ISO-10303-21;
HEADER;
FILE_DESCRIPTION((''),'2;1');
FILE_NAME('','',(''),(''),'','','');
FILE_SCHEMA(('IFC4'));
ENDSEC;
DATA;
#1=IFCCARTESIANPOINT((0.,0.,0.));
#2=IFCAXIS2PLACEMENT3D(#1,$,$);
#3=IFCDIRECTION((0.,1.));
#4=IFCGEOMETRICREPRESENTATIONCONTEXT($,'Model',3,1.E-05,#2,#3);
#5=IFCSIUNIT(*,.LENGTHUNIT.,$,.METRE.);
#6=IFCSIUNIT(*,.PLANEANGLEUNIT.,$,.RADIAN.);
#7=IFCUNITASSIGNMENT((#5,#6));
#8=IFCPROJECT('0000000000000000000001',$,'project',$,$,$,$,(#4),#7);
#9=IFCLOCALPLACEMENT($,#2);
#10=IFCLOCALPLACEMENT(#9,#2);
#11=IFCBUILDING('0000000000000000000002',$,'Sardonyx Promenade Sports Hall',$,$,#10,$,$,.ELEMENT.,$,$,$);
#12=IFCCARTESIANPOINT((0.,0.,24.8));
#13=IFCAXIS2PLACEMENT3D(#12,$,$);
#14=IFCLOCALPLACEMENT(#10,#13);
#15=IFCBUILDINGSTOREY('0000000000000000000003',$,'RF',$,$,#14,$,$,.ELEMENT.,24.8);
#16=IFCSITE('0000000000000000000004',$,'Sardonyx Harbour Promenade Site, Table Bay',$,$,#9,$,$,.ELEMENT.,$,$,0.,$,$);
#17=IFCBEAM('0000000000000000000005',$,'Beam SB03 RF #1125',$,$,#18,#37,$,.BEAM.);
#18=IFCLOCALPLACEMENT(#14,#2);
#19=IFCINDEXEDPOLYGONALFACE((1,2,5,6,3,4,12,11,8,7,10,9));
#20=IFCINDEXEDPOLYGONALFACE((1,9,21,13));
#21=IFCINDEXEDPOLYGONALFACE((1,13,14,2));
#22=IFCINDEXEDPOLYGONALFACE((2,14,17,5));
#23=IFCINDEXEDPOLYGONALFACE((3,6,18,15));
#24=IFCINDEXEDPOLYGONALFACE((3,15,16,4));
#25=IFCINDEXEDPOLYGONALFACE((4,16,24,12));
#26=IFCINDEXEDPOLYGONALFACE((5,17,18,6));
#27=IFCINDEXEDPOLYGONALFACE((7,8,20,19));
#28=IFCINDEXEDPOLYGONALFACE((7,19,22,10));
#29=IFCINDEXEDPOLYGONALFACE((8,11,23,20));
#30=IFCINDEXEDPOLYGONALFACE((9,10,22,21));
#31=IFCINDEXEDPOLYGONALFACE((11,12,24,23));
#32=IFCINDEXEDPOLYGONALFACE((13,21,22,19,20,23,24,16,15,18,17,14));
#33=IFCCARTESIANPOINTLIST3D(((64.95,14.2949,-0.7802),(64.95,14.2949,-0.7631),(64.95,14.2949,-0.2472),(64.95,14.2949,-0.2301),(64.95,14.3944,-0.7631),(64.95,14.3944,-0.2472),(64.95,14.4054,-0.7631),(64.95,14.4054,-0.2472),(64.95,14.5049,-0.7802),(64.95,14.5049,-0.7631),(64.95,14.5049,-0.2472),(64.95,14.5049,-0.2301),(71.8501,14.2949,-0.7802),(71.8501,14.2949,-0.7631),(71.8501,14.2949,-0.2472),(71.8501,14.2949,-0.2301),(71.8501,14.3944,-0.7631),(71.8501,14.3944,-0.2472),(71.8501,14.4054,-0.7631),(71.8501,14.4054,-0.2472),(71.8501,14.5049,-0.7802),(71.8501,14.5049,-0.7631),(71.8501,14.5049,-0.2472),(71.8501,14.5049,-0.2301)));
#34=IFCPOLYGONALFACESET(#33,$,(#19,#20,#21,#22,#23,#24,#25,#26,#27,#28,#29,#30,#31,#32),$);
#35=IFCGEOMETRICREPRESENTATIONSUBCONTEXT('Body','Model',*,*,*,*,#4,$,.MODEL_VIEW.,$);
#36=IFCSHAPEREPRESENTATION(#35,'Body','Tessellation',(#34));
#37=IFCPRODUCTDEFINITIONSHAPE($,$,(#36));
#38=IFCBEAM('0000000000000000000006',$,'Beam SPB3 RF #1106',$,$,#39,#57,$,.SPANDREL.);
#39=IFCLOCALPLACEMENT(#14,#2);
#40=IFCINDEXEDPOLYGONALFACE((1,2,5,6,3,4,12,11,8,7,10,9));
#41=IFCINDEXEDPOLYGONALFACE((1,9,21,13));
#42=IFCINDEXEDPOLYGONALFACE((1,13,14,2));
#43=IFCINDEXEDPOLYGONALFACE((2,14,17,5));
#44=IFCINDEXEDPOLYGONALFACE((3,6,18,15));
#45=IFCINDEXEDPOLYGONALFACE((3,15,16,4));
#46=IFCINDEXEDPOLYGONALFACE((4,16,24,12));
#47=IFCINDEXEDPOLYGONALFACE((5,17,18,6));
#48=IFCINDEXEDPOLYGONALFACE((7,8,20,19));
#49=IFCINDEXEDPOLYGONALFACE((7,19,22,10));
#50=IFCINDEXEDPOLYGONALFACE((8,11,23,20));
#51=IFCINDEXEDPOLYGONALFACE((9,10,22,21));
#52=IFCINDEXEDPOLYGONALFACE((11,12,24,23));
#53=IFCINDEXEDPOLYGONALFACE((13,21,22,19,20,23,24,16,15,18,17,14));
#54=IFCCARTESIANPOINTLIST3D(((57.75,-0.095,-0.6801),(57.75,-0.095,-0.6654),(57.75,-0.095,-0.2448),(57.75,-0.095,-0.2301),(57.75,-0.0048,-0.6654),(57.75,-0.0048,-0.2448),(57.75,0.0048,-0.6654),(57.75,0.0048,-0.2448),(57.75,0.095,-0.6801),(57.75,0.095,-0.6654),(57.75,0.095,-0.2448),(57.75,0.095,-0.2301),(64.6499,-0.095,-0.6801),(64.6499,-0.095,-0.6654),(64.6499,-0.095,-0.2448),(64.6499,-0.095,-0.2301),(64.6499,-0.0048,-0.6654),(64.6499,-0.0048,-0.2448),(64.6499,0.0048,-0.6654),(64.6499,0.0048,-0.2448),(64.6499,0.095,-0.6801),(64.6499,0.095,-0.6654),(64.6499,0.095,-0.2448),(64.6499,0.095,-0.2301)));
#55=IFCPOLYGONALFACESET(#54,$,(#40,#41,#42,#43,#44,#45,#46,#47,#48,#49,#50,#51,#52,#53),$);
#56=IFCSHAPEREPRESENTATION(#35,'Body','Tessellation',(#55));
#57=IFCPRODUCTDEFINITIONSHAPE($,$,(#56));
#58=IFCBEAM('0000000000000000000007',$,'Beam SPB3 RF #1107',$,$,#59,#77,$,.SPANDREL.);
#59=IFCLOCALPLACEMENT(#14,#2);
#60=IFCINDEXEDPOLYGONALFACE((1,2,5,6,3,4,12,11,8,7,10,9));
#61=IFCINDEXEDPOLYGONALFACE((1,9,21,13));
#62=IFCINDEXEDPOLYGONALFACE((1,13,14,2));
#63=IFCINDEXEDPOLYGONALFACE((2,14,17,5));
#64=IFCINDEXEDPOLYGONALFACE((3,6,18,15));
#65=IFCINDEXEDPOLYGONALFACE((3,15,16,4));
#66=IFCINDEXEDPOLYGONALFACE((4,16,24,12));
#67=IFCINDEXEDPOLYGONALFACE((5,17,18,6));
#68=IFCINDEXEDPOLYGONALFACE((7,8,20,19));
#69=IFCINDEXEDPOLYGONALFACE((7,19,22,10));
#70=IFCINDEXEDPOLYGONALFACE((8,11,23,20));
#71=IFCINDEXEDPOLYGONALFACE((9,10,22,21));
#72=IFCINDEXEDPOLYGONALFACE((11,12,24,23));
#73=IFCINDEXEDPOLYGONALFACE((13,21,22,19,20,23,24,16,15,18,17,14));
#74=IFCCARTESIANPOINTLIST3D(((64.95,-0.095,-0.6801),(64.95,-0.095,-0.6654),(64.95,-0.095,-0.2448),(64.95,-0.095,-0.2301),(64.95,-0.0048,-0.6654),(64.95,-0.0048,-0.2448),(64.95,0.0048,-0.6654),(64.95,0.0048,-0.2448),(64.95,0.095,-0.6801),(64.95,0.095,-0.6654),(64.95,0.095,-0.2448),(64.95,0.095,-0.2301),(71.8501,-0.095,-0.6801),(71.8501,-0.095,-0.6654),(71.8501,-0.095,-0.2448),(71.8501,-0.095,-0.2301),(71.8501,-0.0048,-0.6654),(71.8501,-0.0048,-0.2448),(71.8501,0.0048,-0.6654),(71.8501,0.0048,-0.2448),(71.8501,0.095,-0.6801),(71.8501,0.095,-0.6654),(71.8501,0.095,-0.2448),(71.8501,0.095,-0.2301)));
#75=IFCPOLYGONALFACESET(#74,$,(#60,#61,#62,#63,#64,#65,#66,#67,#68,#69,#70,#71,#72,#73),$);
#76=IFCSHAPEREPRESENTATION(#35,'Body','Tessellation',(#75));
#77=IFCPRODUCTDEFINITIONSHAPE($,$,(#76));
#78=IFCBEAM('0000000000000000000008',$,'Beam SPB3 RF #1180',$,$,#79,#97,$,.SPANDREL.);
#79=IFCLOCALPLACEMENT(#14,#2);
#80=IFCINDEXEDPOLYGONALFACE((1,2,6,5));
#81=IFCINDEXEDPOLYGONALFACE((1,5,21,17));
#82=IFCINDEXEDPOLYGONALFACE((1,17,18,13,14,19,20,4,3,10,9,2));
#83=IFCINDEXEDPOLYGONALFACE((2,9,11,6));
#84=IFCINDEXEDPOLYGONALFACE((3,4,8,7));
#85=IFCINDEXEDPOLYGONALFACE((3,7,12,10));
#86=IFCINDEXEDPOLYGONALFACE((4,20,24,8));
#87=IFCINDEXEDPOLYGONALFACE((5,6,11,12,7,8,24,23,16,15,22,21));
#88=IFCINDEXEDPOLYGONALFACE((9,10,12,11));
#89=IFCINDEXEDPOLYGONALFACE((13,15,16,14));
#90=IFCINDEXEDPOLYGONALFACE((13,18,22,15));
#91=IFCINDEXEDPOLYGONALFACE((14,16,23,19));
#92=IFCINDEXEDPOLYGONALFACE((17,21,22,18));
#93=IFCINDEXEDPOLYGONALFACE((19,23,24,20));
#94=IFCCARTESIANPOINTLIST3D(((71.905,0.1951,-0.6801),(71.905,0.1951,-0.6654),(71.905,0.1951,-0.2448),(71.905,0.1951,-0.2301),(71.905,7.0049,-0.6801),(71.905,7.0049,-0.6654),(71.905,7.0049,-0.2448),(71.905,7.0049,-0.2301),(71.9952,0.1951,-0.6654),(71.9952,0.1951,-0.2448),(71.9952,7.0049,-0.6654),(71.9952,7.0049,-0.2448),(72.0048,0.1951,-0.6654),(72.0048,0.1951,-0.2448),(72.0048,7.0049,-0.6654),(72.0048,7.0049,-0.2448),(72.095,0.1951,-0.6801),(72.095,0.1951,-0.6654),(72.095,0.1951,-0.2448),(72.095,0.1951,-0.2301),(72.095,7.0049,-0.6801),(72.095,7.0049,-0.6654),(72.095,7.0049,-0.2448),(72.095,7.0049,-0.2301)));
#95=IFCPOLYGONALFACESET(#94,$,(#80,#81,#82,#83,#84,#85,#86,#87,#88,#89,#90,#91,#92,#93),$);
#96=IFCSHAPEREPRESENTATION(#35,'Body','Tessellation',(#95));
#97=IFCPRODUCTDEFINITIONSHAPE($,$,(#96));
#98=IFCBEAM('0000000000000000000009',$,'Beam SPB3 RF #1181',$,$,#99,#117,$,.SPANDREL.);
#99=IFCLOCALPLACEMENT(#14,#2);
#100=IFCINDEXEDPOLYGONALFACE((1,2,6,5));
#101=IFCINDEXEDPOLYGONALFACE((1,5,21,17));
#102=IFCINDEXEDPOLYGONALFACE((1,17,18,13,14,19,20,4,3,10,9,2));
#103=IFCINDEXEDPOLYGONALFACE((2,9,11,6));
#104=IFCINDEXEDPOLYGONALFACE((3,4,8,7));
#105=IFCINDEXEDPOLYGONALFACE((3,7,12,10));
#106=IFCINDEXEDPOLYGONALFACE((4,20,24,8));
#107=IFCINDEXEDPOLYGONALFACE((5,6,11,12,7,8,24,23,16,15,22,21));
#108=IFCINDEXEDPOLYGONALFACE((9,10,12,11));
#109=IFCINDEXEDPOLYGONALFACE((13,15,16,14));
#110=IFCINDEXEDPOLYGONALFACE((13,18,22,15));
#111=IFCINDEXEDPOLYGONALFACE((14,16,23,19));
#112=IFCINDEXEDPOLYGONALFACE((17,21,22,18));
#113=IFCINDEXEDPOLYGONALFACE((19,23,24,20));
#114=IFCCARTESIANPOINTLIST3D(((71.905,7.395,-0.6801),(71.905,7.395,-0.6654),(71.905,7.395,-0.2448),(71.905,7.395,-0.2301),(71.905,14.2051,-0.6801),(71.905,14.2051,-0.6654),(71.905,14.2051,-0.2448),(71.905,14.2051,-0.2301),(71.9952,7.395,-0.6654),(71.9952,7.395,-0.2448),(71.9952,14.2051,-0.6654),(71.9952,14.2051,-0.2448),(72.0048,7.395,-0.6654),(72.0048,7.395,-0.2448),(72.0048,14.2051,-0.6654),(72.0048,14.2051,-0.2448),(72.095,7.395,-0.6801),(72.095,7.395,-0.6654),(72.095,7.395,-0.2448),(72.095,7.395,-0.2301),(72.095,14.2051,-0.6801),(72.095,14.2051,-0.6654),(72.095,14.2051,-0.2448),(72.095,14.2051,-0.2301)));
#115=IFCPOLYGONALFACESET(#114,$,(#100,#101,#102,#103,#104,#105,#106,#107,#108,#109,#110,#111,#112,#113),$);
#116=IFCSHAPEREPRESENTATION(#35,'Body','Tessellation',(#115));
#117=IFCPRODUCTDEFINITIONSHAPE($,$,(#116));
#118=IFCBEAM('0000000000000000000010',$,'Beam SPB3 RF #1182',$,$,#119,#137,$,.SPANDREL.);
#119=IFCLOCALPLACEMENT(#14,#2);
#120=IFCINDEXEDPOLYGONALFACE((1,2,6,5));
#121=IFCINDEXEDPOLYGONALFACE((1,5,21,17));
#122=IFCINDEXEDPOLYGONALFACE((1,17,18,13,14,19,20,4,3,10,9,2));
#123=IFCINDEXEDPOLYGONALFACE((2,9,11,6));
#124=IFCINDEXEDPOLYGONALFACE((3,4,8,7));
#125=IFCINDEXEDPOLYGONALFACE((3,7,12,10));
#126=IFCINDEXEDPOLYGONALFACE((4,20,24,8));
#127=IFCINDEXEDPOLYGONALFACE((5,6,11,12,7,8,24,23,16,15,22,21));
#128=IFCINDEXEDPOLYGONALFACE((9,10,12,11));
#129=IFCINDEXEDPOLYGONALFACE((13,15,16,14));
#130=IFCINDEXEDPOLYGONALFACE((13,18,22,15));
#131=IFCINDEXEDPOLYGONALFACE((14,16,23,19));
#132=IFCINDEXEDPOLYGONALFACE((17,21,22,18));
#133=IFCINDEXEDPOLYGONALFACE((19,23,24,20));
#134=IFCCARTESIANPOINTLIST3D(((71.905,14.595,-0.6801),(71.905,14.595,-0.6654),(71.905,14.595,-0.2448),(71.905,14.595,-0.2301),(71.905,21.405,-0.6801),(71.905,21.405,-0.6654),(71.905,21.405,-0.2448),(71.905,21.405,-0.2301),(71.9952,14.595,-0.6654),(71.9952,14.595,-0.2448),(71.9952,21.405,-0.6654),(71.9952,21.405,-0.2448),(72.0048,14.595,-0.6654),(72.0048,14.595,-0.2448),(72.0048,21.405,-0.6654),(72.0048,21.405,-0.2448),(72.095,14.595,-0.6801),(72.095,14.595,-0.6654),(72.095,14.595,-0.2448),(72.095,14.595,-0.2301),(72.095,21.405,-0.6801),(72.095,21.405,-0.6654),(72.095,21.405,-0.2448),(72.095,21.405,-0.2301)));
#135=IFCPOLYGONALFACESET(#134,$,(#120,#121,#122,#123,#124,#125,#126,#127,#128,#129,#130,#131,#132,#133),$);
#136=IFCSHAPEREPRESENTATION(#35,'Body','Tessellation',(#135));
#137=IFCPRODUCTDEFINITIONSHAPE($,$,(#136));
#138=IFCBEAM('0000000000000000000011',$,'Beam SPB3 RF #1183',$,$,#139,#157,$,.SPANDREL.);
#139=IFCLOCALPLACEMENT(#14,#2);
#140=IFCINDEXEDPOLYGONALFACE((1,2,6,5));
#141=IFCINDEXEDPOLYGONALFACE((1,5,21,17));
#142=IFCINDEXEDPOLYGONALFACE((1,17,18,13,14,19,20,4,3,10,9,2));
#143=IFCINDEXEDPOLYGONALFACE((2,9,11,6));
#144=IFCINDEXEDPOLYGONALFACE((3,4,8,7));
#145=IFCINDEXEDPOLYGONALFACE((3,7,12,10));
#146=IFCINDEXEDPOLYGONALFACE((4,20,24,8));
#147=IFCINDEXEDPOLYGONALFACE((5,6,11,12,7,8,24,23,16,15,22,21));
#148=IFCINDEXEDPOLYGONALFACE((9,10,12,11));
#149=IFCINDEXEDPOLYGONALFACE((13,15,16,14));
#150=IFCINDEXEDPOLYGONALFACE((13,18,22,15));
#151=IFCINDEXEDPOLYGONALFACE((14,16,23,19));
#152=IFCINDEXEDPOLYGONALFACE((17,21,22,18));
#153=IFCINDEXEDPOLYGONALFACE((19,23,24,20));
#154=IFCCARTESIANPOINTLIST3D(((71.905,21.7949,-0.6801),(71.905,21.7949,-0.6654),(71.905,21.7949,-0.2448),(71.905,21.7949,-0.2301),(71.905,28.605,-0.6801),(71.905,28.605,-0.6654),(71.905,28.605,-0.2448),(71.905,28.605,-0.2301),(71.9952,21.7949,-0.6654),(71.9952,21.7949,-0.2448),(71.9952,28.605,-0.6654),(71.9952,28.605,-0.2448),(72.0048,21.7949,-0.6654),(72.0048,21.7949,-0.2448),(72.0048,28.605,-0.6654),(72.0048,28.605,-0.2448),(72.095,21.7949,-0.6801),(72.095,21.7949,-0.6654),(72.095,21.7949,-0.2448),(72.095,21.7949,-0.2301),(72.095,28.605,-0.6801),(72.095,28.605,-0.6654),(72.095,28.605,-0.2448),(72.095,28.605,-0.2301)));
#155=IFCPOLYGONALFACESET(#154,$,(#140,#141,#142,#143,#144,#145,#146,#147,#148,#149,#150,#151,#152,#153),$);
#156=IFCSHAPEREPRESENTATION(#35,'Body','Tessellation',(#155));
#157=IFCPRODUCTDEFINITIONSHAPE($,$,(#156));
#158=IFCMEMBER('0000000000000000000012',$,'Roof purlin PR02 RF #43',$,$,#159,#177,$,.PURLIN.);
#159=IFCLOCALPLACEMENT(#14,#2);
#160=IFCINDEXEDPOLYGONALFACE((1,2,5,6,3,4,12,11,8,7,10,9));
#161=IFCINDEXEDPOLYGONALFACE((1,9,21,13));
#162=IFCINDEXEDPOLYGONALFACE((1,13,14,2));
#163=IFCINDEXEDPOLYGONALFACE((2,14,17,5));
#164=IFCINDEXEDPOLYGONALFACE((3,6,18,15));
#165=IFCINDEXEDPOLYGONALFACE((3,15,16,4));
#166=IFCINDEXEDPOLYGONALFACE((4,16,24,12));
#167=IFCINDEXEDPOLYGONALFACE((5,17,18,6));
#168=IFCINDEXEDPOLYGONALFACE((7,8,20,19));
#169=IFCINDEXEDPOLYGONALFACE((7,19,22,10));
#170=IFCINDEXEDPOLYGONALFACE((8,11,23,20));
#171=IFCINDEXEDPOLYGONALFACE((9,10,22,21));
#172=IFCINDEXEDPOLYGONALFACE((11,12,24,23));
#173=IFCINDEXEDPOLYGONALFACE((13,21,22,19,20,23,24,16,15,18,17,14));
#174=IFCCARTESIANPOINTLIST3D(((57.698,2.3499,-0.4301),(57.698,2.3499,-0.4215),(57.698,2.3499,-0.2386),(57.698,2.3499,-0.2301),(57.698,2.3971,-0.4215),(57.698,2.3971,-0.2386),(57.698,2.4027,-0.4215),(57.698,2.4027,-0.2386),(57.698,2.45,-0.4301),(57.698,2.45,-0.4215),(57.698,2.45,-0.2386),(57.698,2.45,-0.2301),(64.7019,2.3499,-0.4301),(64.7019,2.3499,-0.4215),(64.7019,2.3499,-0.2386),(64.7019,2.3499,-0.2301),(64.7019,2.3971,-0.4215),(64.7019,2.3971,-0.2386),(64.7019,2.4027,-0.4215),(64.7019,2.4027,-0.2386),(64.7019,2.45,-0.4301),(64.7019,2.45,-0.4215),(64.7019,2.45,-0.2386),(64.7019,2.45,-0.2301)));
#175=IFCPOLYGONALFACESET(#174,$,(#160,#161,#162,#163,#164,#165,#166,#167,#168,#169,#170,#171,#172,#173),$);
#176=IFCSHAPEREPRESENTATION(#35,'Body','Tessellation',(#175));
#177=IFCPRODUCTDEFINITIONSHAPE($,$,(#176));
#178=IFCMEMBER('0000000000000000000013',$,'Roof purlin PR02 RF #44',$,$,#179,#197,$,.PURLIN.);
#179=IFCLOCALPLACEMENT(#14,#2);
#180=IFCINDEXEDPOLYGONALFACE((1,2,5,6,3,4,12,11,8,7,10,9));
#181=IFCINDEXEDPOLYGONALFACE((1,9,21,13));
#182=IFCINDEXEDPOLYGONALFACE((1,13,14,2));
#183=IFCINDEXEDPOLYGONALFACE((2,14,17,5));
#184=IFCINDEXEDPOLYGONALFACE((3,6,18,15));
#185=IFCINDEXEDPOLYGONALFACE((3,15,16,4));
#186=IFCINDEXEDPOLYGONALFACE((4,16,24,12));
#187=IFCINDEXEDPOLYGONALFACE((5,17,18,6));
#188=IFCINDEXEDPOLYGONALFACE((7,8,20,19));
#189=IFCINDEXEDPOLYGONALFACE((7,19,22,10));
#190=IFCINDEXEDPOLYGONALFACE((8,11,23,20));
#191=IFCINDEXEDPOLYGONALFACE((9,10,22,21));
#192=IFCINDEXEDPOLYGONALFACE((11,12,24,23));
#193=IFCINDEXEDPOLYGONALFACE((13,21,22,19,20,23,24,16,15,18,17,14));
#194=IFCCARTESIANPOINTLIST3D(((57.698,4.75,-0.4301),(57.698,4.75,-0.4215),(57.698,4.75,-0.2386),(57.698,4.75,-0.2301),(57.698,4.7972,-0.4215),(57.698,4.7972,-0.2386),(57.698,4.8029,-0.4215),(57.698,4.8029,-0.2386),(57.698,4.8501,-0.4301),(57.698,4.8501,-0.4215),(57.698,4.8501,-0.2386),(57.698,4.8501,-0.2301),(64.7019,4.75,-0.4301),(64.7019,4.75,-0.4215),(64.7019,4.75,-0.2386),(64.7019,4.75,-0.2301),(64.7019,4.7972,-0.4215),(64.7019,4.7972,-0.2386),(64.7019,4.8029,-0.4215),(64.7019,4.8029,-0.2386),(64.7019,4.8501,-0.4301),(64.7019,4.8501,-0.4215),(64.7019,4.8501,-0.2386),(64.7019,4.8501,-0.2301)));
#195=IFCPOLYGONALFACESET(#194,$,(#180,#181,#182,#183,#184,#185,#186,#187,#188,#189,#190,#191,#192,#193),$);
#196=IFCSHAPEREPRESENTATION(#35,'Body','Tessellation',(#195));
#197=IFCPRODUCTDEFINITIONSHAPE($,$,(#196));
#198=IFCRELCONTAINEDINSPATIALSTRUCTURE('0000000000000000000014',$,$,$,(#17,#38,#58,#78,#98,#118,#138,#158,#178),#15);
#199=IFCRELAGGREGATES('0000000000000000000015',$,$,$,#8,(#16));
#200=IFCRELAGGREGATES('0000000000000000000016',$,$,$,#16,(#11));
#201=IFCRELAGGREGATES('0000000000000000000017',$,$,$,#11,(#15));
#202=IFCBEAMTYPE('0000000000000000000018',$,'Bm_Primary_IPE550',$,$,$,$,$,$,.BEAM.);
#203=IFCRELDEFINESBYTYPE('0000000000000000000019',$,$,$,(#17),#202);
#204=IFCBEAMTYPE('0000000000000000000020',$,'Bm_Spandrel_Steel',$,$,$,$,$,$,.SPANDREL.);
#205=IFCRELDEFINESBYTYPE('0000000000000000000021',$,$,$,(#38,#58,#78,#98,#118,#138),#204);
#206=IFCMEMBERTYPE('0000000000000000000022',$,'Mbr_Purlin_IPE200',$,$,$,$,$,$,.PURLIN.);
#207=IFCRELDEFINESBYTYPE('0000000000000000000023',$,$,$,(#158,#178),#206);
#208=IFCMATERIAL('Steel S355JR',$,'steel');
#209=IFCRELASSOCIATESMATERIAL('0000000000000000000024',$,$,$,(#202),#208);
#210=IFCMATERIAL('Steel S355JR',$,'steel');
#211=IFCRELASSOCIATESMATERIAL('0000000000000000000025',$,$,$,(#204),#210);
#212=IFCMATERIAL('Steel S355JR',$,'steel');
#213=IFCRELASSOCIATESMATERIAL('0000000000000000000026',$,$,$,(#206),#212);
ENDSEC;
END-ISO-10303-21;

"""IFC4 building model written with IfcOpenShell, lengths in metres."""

from ifc_helpers import new_model, si_unit, direction, frame, origin, origin_2d, place, context, subcontext, project, spatial, i_section, extrude, material, material_profile, profile_set, type_object, element, save


model = new_model("IFC4")

# Units and contexts
model_context = context("Model", 3, precision=1e-05, world=origin(), true_north=direction((0.0, 1.0)))
body_context = subcontext(model_context, "Body", "Model", "MODEL_VIEW")
ifc_project = project(units=[si_unit("LENGTHUNIT", "METRE"), si_unit("PLANEANGLEUNIT", "RADIAN")], contexts=[model_context])

# Site, building, storey
site_placement = place(None, origin())
site = spatial("IfcSite", under=ifc_project, at=site_placement, Name="Sardonyx Harbour Promenade Site, Table Bay", CompositionType="ELEMENT", RefElevation=0.0)
building_placement = place(site_placement, origin())
building = spatial("IfcBuilding", under=site, at=building_placement, Name="Sardonyx Promenade Sports Hall", CompositionType="ELEMENT")
storey_placement = place(building_placement, frame((0.0, 0.0, 24.8)))
storey = spatial("IfcBuildingStorey", under=building, at=storey_placement, Name="RF", CompositionType="ELEMENT", Elevation=24.8)

# Beams
ifc_material_1 = material(Name="Steel S355JR", Category="steel")
ifc_material_profile_1 = material_profile(ifc_material_1, i_section(OverallWidth=0.21, OverallDepth=0.55, WebThickness=0.011, FlangeThickness=0.0171, at=origin_2d()))
ifc_profile_set_1 = profile_set([ifc_material_profile_1], Name="Steel S355JR")
beam_type_1 = type_object("IfcBeamType", Name="Bm_Primary_IPE550", PredefinedType="BEAM", material=ifc_profile_set_1)
beam_1_placement = place(storey_placement, frame((64.95, 14.3999, -0.5051), z_axis=(1.0, 0.0, 0.0), x_axis=(0.0, 1.0, 0.0)))
element("IfcBeam", 1, at=beam_1_placement, inside=storey, type_object=beam_type_1, Name="Beam SB03 RF #1125", PredefinedType="BEAM", context=body_context, shape_type="SweptSolid", body=[
    extrude(i_section(OverallWidth=0.21, OverallDepth=0.55, WebThickness=0.011, FlangeThickness=0.0171, at=origin_2d()), origin(), (0.0, 0.0, 1.0), 6.9001),
])
ifc_material_2 = material(Name="Steel S355JR", Category="steel")
ifc_material_profile_2 = material_profile(ifc_material_2, i_section(OverallWidth=0.1899, OverallDepth=0.45, WebThickness=0.0095, FlangeThickness=0.0146, at=origin_2d()))
ifc_profile_set_2 = profile_set([ifc_material_profile_2], Name="Steel S355JR")
beam_type_2 = type_object("IfcBeamType", Name="Bm_Spandrel_Steel", PredefinedType="SPANDREL", material=ifc_profile_set_2)
beam_2_placement = place(storey_placement, frame((57.75, 0.0, -0.4551), z_axis=(1.0, 0.0, 0.0), x_axis=(0.0, 1.0, 0.0)))
element("IfcBeam", 2, at=beam_2_placement, inside=storey, type_object=beam_type_2, Name="Beam SPB3 RF #1106", PredefinedType="SPANDREL", context=body_context, shape_type="SweptSolid", body=[
    extrude(i_section(OverallWidth=0.1899, OverallDepth=0.45, WebThickness=0.0095, FlangeThickness=0.0146, at=origin_2d()), origin(), (0.0, 0.0, 1.0), 6.8999),
])
beam_3_placement = place(storey_placement, frame((64.95, 0.0, -0.4551), z_axis=(1.0, 0.0, 0.0), x_axis=(0.0, 1.0, 0.0)))
element("IfcBeam", 3, at=beam_3_placement, inside=storey, type_object=beam_type_2, Name="Beam SPB3 RF #1107", PredefinedType="SPANDREL", context=body_context, shape_type="SweptSolid", body=[
    extrude(i_section(OverallWidth=0.1899, OverallDepth=0.45, WebThickness=0.0095, FlangeThickness=0.0146, at=origin_2d()), origin(), (0.0, 0.0, 1.0), 6.9001),
])
beam_4_placement = place(storey_placement, frame((72.0, 0.1951, -0.4551), z_axis=(0.0, 1.0, 0.0), x_axis=(-1.0, 0.0, 0.0)))
element("IfcBeam", 4, at=beam_4_placement, inside=storey, type_object=beam_type_2, Name="Beam SPB3 RF #1180", PredefinedType="SPANDREL", context=body_context, shape_type="SweptSolid", body=[
    extrude(i_section(OverallWidth=0.1899, OverallDepth=0.45, WebThickness=0.0095, FlangeThickness=0.0146, at=origin_2d()), origin(), (0.0, 0.0, 1.0), 6.8098),
])
for number, where, z_axis, x_axis, name in (
    (5, (72.0, 7.395, -0.4551), (0.0, 1.0, 0.0), (-1.0, 0.0, 0.0), "Beam SPB3 RF #1181"),
    (6, (72.0, 14.595, -0.4551), (0.0, 1.0, 0.0), (-1.0, 0.0, 0.0), "Beam SPB3 RF #1182"),
    (7, (72.0, 21.7949, -0.4551), (0.0, 1.0, 0.0), (-1.0, 0.0, 0.0), "Beam SPB3 RF #1183"),
):
    element("IfcBeam", number, at=place(storey_placement, frame(where, z_axis=z_axis, x_axis=x_axis)), inside=storey, type_object=beam_type_2, Name=name, PredefinedType="SPANDREL", context=body_context, shape_type="SweptSolid", body=[
        extrude(i_section(OverallWidth=0.1899, OverallDepth=0.45, WebThickness=0.0095, FlangeThickness=0.0146, at=origin_2d()), origin(), (0.0, 0.0, 1.0), 6.8101),
    ])

# Members
ifc_material_3 = material(Name="Steel S355JR", Category="steel")
ifc_material_profile_3 = material_profile(ifc_material_3, i_section(OverallWidth=0.1001, OverallDepth=0.2, WebThickness=0.0056, FlangeThickness=0.0085, at=origin_2d()))
ifc_profile_set_3 = profile_set([ifc_material_profile_3], Name="Steel S355JR")
member_type = type_object("IfcMemberType", Name="Mbr_Purlin_IPE200", PredefinedType="PURLIN", material=ifc_profile_set_3)
for number, where, z_axis, x_axis, name in (
    (8, (57.698, 2.3999, -0.3301), (1.0, 0.0, 0.0), (0.0, 1.0, 0.0), "Roof purlin PR02 RF #43"),
    (9, (57.698, 4.8, -0.3301), (1.0, 0.0, 0.0), (0.0, 1.0, 0.0), "Roof purlin PR02 RF #44"),
):
    element("IfcMember", number, at=place(storey_placement, frame(where, z_axis=z_axis, x_axis=x_axis)), inside=storey, type_object=member_type, Name=name, PredefinedType="PURLIN", context=body_context, shape_type="SweptSolid", body=[
        extrude(i_section(OverallWidth=0.1001, OverallDepth=0.2, WebThickness=0.0056, FlangeThickness=0.0085, at=origin_2d()), origin(), (0.0, 0.0, 1.0), 7.0039),
    ])

save(model, "model.ifc")
